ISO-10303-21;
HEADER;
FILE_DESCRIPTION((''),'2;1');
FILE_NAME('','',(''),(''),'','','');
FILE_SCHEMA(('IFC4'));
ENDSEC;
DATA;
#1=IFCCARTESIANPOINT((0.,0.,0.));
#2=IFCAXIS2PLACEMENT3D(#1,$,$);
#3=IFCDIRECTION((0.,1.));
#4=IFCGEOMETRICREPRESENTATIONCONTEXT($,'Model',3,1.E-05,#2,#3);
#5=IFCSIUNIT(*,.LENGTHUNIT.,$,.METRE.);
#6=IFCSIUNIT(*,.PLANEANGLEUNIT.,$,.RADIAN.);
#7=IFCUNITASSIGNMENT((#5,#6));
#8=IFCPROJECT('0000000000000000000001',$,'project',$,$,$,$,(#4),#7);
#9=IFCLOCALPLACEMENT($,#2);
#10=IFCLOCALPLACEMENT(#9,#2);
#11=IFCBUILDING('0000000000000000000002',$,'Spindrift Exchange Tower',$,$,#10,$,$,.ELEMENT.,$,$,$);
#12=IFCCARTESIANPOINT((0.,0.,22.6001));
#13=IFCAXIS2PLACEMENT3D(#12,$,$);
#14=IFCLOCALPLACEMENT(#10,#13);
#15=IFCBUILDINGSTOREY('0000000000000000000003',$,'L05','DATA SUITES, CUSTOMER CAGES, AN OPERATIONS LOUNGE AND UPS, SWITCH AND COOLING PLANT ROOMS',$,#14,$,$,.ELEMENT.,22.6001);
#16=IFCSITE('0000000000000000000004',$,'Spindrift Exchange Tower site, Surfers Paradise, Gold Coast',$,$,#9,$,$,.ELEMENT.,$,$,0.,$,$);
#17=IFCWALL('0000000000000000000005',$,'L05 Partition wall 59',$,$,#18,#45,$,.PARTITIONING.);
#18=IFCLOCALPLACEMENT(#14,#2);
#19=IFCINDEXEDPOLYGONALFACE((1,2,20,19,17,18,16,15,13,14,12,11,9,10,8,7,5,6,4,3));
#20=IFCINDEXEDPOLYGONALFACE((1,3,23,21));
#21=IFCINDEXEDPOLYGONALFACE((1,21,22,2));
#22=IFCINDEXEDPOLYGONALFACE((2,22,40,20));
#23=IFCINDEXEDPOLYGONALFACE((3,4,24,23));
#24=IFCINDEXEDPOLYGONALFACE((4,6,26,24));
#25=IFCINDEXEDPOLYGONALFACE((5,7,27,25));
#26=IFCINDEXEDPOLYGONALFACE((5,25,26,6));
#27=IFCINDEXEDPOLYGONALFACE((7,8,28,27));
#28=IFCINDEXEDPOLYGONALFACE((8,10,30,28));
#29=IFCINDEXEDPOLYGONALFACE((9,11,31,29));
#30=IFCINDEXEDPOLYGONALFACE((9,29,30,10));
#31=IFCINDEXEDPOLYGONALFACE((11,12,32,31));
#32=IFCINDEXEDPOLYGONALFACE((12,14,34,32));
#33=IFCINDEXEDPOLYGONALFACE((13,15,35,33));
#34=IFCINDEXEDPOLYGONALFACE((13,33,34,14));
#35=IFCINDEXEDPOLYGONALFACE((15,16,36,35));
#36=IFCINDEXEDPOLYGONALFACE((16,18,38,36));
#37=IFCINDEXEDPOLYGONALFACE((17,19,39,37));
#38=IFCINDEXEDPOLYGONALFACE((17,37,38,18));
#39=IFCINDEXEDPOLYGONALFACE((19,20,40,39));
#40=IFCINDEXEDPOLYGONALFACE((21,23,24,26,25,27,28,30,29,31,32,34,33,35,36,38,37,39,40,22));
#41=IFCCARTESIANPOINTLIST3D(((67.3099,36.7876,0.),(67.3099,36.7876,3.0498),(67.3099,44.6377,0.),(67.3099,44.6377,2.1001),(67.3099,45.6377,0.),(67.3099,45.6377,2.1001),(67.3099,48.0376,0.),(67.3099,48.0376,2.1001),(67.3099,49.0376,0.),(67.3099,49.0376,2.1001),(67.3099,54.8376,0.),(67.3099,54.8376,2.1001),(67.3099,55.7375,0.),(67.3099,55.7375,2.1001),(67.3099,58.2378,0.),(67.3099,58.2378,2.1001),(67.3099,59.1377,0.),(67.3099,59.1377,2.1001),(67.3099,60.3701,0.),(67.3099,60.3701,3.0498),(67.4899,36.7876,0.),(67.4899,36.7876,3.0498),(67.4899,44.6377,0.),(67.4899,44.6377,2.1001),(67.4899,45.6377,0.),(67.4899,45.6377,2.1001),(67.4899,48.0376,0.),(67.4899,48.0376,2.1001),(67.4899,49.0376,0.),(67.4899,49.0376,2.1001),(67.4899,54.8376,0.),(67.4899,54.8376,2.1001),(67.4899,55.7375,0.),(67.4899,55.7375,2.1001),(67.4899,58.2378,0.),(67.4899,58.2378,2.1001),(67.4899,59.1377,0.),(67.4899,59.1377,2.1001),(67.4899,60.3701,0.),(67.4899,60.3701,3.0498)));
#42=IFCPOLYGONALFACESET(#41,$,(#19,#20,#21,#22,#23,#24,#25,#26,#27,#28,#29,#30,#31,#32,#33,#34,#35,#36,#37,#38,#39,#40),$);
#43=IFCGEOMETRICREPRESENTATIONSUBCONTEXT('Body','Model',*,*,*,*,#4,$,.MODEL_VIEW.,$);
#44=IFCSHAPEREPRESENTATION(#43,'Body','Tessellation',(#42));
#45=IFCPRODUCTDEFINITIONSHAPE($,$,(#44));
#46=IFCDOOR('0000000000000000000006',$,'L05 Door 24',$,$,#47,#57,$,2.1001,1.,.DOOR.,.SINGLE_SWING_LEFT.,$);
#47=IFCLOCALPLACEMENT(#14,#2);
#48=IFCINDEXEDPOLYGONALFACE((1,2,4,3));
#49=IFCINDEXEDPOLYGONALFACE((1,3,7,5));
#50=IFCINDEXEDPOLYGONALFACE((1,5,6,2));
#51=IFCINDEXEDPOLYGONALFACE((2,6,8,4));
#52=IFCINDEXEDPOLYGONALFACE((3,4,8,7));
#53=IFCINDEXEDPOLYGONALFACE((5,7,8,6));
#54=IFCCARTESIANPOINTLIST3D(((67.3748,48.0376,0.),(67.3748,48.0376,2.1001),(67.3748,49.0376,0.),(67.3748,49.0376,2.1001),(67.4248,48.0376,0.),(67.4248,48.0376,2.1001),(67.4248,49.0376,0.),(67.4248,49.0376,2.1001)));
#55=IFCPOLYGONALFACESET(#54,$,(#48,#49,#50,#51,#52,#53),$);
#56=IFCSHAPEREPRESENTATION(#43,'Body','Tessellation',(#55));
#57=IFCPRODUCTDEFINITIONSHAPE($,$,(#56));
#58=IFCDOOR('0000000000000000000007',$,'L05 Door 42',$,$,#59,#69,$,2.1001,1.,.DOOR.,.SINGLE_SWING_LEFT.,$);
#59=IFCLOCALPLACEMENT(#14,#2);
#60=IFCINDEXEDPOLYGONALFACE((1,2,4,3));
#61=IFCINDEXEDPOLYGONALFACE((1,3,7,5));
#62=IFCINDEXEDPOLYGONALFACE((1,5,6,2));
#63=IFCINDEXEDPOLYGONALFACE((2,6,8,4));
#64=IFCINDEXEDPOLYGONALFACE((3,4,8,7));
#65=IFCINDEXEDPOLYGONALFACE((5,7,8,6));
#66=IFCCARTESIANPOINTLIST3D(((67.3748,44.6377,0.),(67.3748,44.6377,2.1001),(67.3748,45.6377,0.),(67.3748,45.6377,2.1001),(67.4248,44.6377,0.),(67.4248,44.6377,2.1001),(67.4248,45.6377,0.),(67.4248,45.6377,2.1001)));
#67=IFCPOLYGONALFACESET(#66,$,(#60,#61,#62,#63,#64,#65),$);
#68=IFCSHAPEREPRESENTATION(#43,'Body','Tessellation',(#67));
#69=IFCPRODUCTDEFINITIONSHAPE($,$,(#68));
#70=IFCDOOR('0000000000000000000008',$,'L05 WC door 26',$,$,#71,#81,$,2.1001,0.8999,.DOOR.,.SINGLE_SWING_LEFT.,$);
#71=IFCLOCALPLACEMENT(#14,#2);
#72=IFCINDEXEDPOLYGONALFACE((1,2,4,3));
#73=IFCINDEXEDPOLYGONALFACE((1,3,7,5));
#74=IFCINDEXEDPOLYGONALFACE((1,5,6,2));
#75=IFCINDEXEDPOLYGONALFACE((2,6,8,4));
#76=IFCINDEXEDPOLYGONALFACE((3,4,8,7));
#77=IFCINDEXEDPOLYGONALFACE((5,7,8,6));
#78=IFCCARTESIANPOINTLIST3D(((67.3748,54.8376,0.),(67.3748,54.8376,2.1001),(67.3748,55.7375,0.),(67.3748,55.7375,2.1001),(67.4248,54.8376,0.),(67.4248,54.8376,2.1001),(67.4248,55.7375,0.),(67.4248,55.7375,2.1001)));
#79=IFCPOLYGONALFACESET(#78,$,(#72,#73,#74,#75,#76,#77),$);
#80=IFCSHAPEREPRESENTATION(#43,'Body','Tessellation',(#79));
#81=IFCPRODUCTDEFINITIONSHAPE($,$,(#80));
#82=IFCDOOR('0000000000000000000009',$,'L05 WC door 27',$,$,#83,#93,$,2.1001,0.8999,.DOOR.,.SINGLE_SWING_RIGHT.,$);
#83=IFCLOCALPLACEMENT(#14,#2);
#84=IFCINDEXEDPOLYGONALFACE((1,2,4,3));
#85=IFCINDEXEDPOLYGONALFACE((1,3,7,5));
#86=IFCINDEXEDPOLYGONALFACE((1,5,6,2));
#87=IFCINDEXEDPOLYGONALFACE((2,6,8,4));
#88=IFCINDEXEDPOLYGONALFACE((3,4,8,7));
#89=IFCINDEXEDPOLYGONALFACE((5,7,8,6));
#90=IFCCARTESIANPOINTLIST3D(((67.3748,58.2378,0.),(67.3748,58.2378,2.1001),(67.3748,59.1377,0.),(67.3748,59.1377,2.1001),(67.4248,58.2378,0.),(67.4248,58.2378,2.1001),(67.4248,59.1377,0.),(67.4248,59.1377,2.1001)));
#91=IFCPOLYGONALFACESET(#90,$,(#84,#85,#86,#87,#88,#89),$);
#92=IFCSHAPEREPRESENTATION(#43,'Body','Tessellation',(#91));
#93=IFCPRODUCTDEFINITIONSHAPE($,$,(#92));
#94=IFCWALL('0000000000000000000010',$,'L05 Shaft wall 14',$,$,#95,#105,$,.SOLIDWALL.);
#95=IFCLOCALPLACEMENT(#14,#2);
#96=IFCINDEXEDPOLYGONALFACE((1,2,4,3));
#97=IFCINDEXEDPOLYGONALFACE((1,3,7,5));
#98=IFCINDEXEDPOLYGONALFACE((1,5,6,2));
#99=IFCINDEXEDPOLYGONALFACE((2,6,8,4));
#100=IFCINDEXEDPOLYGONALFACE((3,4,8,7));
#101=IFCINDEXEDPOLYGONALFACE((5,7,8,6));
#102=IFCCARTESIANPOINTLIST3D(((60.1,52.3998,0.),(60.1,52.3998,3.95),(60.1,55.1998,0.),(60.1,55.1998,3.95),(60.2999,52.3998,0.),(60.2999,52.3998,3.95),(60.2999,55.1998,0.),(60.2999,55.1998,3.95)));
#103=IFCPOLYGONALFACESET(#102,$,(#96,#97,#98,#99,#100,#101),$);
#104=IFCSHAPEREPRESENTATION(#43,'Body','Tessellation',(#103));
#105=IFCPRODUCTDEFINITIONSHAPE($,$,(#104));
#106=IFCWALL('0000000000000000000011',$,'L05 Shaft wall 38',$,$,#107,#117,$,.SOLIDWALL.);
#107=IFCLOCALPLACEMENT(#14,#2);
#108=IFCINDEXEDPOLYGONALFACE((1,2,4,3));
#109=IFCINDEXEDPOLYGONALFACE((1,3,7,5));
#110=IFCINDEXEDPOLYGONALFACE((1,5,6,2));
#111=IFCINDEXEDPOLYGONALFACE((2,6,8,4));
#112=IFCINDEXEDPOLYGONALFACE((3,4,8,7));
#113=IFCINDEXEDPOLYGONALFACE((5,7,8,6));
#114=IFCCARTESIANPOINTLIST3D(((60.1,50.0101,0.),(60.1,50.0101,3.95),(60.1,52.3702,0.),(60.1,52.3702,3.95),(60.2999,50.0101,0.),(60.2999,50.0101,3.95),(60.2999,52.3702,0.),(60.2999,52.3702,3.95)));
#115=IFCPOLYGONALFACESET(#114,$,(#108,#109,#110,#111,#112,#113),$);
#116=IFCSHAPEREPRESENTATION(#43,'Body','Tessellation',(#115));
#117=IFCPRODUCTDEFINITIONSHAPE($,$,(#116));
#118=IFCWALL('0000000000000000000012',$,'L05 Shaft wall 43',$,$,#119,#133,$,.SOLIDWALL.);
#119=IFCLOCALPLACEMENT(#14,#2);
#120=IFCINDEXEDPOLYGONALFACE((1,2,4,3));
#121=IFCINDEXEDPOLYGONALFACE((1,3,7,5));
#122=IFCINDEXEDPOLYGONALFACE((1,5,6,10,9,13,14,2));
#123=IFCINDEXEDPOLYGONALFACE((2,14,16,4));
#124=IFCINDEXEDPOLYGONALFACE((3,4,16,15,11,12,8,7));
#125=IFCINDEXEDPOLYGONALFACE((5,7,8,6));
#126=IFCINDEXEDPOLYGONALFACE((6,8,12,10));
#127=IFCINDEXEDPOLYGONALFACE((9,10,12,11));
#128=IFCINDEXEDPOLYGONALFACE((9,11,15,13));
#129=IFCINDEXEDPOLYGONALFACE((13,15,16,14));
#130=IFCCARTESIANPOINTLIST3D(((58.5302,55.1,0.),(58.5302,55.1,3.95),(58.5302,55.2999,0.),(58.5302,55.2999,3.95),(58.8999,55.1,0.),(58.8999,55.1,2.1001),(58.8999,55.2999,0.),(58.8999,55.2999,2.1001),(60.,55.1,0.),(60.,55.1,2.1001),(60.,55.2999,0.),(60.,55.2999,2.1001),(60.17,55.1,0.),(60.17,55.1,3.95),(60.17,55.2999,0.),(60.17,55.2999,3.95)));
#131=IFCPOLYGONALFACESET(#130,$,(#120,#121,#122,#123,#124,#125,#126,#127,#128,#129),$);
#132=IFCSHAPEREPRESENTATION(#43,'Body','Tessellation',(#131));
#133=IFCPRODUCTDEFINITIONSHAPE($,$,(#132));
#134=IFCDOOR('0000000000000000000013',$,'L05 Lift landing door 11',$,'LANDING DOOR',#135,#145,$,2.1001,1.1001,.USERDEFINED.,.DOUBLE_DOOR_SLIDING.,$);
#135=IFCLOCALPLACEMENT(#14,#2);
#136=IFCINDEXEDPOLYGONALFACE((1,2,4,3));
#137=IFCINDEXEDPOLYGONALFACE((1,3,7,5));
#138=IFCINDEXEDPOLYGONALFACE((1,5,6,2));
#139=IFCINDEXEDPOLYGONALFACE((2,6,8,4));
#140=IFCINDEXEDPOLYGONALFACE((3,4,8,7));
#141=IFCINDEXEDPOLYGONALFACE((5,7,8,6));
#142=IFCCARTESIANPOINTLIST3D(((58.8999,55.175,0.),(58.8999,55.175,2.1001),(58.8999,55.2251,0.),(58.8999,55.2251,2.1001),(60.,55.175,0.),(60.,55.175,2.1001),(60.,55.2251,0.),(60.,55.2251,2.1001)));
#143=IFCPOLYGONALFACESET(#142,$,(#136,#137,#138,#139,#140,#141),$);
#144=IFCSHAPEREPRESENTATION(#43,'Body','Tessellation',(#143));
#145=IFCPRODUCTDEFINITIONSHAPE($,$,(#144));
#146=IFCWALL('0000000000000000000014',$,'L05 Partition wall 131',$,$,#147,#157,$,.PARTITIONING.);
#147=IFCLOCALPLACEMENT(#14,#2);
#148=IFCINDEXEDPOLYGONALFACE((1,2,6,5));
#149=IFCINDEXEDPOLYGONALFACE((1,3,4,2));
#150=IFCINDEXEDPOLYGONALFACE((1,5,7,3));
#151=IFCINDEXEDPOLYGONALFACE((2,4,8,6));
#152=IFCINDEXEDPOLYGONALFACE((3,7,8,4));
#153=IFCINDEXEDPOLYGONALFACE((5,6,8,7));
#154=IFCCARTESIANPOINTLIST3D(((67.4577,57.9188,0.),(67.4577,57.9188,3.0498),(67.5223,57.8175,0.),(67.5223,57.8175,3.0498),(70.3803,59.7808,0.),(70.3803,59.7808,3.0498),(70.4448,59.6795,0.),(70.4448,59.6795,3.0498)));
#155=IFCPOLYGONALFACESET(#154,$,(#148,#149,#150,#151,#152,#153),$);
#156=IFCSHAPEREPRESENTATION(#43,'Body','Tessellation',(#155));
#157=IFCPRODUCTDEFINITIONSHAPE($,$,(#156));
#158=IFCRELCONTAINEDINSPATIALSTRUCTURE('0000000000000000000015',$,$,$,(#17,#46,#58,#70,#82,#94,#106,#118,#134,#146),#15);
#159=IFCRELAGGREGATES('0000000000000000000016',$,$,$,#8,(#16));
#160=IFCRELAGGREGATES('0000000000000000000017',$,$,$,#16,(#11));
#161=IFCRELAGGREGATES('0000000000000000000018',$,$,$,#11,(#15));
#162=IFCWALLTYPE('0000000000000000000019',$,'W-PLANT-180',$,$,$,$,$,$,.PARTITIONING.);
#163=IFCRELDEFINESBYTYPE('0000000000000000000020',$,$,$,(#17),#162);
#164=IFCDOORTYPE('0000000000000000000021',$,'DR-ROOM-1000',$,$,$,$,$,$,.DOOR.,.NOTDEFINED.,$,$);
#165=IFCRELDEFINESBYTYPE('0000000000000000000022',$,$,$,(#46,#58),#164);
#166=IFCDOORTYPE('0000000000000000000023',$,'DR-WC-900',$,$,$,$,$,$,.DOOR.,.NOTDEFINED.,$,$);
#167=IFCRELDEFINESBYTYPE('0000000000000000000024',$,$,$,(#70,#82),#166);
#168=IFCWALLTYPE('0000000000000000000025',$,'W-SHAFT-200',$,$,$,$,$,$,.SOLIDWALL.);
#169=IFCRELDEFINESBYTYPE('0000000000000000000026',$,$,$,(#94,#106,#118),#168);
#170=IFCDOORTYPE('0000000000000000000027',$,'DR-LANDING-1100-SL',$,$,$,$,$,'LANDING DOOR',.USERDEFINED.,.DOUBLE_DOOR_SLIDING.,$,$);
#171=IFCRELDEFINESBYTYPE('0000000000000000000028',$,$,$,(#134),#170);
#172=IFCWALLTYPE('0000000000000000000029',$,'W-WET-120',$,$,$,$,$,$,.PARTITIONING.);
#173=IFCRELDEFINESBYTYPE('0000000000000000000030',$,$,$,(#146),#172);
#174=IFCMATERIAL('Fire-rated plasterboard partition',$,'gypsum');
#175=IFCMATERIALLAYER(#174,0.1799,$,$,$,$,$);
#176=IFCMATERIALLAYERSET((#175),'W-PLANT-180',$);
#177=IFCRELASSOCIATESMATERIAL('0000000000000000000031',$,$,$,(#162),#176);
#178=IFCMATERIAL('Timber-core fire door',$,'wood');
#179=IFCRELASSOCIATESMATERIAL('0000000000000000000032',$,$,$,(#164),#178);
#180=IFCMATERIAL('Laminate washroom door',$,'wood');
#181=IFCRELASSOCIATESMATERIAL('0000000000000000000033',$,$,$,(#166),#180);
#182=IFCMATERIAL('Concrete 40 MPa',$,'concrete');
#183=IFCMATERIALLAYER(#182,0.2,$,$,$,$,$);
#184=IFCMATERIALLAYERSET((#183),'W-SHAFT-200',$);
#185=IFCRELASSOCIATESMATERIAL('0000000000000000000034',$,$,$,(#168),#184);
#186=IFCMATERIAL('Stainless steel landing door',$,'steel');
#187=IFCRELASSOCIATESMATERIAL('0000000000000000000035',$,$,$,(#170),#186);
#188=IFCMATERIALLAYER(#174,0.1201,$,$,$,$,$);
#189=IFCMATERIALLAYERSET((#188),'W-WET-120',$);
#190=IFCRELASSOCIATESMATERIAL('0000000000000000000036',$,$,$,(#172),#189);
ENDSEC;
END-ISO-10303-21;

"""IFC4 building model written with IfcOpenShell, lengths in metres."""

from ifc_helpers import new_model, si_unit, direction, frame, frame_2d, origin, place, context, subcontext, project, spatial, rectangle, extrude, source, transform, mapped, material, layer, layer_set, type_object, element, fill, save


model = new_model("IFC4")

# Units and contexts
model_context = context("Model", 3, precision=1e-05, world=origin(), true_north=direction((0.0, 1.0)))
body_context = subcontext(model_context, "Body", "Model", "MODEL_VIEW")
ifc_project = project(units=[si_unit("LENGTHUNIT", "METRE"), si_unit("PLANEANGLEUNIT", "RADIAN")], contexts=[model_context])

# Site, building, storey
site_placement = place(None, origin())
site = spatial("IfcSite", under=ifc_project, at=site_placement, Name="Spindrift Exchange Tower site, Surfers Paradise, Gold Coast", CompositionType="ELEMENT", RefElevation=0.0)
building_placement = place(site_placement, origin())
building = spatial("IfcBuilding", under=site, at=building_placement, Name="Spindrift Exchange Tower", CompositionType="ELEMENT")
storey_placement = place(building_placement, frame((0.0, 0.0, 22.6001)))
storey = spatial("IfcBuildingStorey", under=building, at=storey_placement, Name="L05", Description="DATA SUITES, CUSTOMER CAGES, AN OPERATIONS LOUNGE AND UPS, SWITCH AND COOLING PLANT ROOMS", CompositionType="ELEMENT", Elevation=22.6001)

# Shared definitions
ifc_material_1 = material(Name="Fire-rated plasterboard partition", Category="gypsum")

# Wall, openings, doors
ifc_layer_1 = layer(ifc_material_1, 0.1799)
ifc_layer_set_1 = layer_set([ifc_layer_1], Name="W-PLANT-180")
wall_type_1 = type_object("IfcWallType", Name="W-PLANT-180", PredefinedType="PARTITIONING", material=ifc_layer_set_1)
wall_1_placement = place(storey_placement, frame((67.3999, 60.3701, 0.0), z_axis=(0.0, 0.0, 1.0), x_axis=(0.0, -1.0, 0.0)))
wall_1 = element("IfcWall", 1, at=wall_1_placement, inside=storey, type_object=wall_type_1, Name="L05 Partition wall 59", PredefinedType="PARTITIONING", context=body_context, shape_type="SweptSolid", body=[
    extrude(rectangle(XDim=23.5825, YDim=0.1799, at=frame_2d((11.7913, 0.0))), origin(), (0.0, 0.0, 1.0), 3.0498),
])
opening_1_placement = place(wall_1_placement, frame((11.3325, 0.0, 0.0)))
opening_1 = element("IfcOpeningElement", 2, at=opening_1_placement, cuts=wall_1, PredefinedType="OPENING", context=body_context, shape_type="SweptSolid", body=[
    extrude(rectangle(XDim=1.0, YDim=2.1001, at=frame_2d((0.5, 1.05))), frame((0.0, 0.0999, 0.0), z_axis=(0.0, -1.0, 0.0), x_axis=(1.0, 0.0, 0.0)), (0.0, 0.0, 1.0), 0.2),
])
opening_2_placement = place(wall_1_placement, frame((4.6326, 0.0, 0.0)))
opening_2 = element("IfcOpeningElement", 3, at=opening_2_placement, cuts=wall_1, PredefinedType="OPENING", context=body_context, shape_type="SweptSolid", body=[
    extrude(rectangle(XDim=0.8999, YDim=2.1001, at=frame_2d((0.45, 1.05))), frame((0.0, 0.0999, 0.0), z_axis=(0.0, -1.0, 0.0), x_axis=(1.0, 0.0, 0.0)), (0.0, 0.0, 1.0), 0.2),
])
opening_3_placement = place(wall_1_placement, frame((1.2324, 0.0, 0.0)))
opening_3 = element("IfcOpeningElement", 4, at=opening_3_placement, cuts=wall_1, PredefinedType="OPENING", context=body_context, shape_type="SweptSolid", body=[
    extrude(rectangle(XDim=0.8999, YDim=2.1001, at=frame_2d((0.45, 1.05))), frame((0.0, 0.0999, 0.0), z_axis=(0.0, -1.0, 0.0), x_axis=(1.0, 0.0, 0.0)), (0.0, 0.0, 1.0), 0.2),
])
opening_4_placement = place(wall_1_placement, frame((14.7324, 0.0, 0.0)))
opening_4 = element("IfcOpeningElement", 5, at=opening_4_placement, cuts=wall_1, PredefinedType="OPENING", context=body_context, shape_type="SweptSolid", body=[
    extrude(rectangle(XDim=1.0, YDim=2.1001, at=frame_2d((0.5, 1.05))), frame((0.0, 0.0999, 0.0), z_axis=(0.0, -1.0, 0.0), x_axis=(1.0, 0.0, 0.0)), (0.0, 0.0, 1.0), 0.2),
])
ifc_material_2 = material(Name="Timber-core fire door", Category="wood")
door_type_1 = type_object("IfcDoorType", Name="DR-ROOM-1000", OperationType="NOTDEFINED", PredefinedType="DOOR", material=ifc_material_2)
shared_shape_1 = source(origin(), body_context, "Body", "SweptSolid", [
    extrude(rectangle(XDim=1.0, YDim=2.1001, at=frame_2d((0.5, 1.05))), frame((0.0, 0.0249, 0.0), z_axis=(0.0, -1.0, 0.0), x_axis=(1.0, 0.0, 0.0)), (0.0, 0.0, 1.0), 0.05),
])
door_1_placement = place(opening_1_placement, origin())
door_1 = element("IfcDoor", 6, at=door_1_placement, inside=storey, type_object=door_type_1, Name="L05 Door 24", OperationType="SINGLE_SWING_LEFT", OverallHeight=2.1001, OverallWidth=1.0, PredefinedType="DOOR", context=body_context, shape_type="MappedRepresentation", body=[
    mapped(shared_shape_1, transform((0.0, 0.0, 0.0), scale=1.0)),
])
fill(opening_1, door_1)
door_2_placement = place(opening_4_placement, origin())
door_2 = element("IfcDoor", 7, at=door_2_placement, inside=storey, type_object=door_type_1, Name="L05 Door 42", OperationType="SINGLE_SWING_LEFT", OverallHeight=2.1001, OverallWidth=1.0, PredefinedType="DOOR", context=body_context, shape_type="MappedRepresentation", body=[
    mapped(shared_shape_1, transform((0.0, 0.0, 0.0), scale=1.0)),
])
fill(opening_4, door_2)
ifc_material_3 = material(Name="Laminate washroom door", Category="wood")
door_type_2 = type_object("IfcDoorType", Name="DR-WC-900", OperationType="NOTDEFINED", PredefinedType="DOOR", material=ifc_material_3)
shared_shape_2 = source(origin(), body_context, "Body", "SweptSolid", [
    extrude(rectangle(XDim=0.8999, YDim=2.1001, at=frame_2d((0.45, 1.05))), frame((0.0, 0.0249, 0.0), z_axis=(0.0, -1.0, 0.0), x_axis=(1.0, 0.0, 0.0)), (0.0, 0.0, 1.0), 0.05),
])
door_3_placement = place(opening_2_placement, origin())
door_3 = element("IfcDoor", 8, at=door_3_placement, inside=storey, type_object=door_type_2, Name="L05 WC door 26", OperationType="SINGLE_SWING_LEFT", OverallHeight=2.1001, OverallWidth=0.8999, PredefinedType="DOOR", context=body_context, shape_type="MappedRepresentation", body=[
    mapped(shared_shape_2, transform((0.0, 0.0, 0.0), scale=1.0)),
])
fill(opening_2, door_3)
door_4_placement = place(opening_3_placement, origin())
door_4 = element("IfcDoor", 9, at=door_4_placement, inside=storey, type_object=door_type_2, Name="L05 WC door 27", OperationType="SINGLE_SWING_RIGHT", OverallHeight=2.1001, OverallWidth=0.8999, PredefinedType="DOOR", context=body_context, shape_type="MappedRepresentation", body=[
    mapped(shared_shape_2, transform((0.0, 0.0, 0.0), scale=1.0)),
])
fill(opening_3, door_4)

# Walls
ifc_material_4 = material(Name="Concrete 40 MPa", Category="concrete")
ifc_layer_2 = layer(ifc_material_4, 0.2)
ifc_layer_set_2 = layer_set([ifc_layer_2], Name="W-SHAFT-200")
wall_type_2 = type_object("IfcWallType", Name="W-SHAFT-200", PredefinedType="SOLIDWALL", material=ifc_layer_set_2)
wall_2_placement = place(storey_placement, frame((60.2, 52.3999, 0.0), z_axis=(0.0, 0.0, 1.0), x_axis=(0.0, 1.0, 0.0)))
element("IfcWall", 10, at=wall_2_placement, inside=storey, type_object=wall_type_2, Name="L05 Shaft wall 14", PredefinedType="SOLIDWALL", context=body_context, shape_type="SweptSolid", body=[
    extrude(rectangle(XDim=2.8, YDim=0.2, at=frame_2d((1.3999, 0.0))), origin(), (0.0, 0.0, 1.0), 3.95),
])
wall_3_placement = place(storey_placement, frame((60.2, 50.01, 0.0), z_axis=(0.0, 0.0, 1.0), x_axis=(0.0, 1.0, 0.0)))
element("IfcWall", 11, at=wall_3_placement, inside=storey, type_object=wall_type_2, Name="L05 Shaft wall 38", PredefinedType="SOLIDWALL", context=body_context, shape_type="SweptSolid", body=[
    extrude(rectangle(XDim=2.3601, YDim=0.2, at=frame_2d((1.1802, 0.0))), origin(), (0.0, 0.0, 1.0), 3.95),
])

# Wall, opening, door
wall_4_placement = place(storey_placement, frame((60.1699, 55.2, 0.0), z_axis=(0.0, 0.0, 1.0), x_axis=(-1.0, 0.0, 0.0)))
wall_4 = element("IfcWall", 12, at=wall_4_placement, inside=storey, type_object=wall_type_2, Name="L05 Shaft wall 43", PredefinedType="SOLIDWALL", context=body_context, shape_type="SweptSolid", body=[
    extrude(rectangle(XDim=1.6399, YDim=0.2, at=frame_2d((0.8198, 0.0))), origin(), (0.0, 0.0, 1.0), 3.95),
])
opening_5_placement = place(wall_4_placement, frame((0.1699, 0.0, 0.0)))
opening_5 = element("IfcOpeningElement", 13, at=opening_5_placement, cuts=wall_4, PredefinedType="OPENING", context=body_context, shape_type="SweptSolid", body=[
    extrude(rectangle(XDim=1.1001, YDim=2.1001, at=frame_2d((0.55, 1.05))), frame((0.0, 0.1099, 0.0), z_axis=(0.0, -1.0, 0.0), x_axis=(1.0, 0.0, 0.0)), (0.0, 0.0, 1.0), 0.22),
])
ifc_material_5 = material(Name="Stainless steel landing door", Category="steel")
door_type_3 = type_object("IfcDoorType", Name="DR-LANDING-1100-SL", ElementType="LANDING DOOR", OperationType="DOUBLE_DOOR_SLIDING", PredefinedType="USERDEFINED", material=ifc_material_5)
shared_shape_3 = source(origin(), body_context, "Body", "SweptSolid", [
    extrude(rectangle(XDim=1.1001, YDim=2.1001, at=frame_2d((0.55, 1.05))), frame((0.0, 0.0249, 0.0), z_axis=(0.0, -1.0, 0.0), x_axis=(1.0, 0.0, 0.0)), (0.0, 0.0, 1.0), 0.05),
])
door_5_placement = place(opening_5_placement, origin())
door_5 = element("IfcDoor", 14, at=door_5_placement, inside=storey, type_object=door_type_3, Name="L05 Lift landing door 11", ObjectType="LANDING DOOR", OperationType="DOUBLE_DOOR_SLIDING", OverallHeight=2.1001, OverallWidth=1.1001, PredefinedType="USERDEFINED", context=body_context, shape_type="MappedRepresentation", body=[
    mapped(shared_shape_3, transform((0.0, 0.0, 0.0), scale=1.0)),
])
fill(opening_5, door_5)

# Wall
ifc_layer_3 = layer(ifc_material_1, 0.1201)
ifc_layer_set_3 = layer_set([ifc_layer_3], Name="W-WET-120")
wall_type_3 = type_object("IfcWallType", Name="W-WET-120", PredefinedType="PARTITIONING", material=ifc_layer_set_3)
wall_5_placement = place(storey_placement, frame((67.49, 57.8682, 0.0), z_axis=(0.0, 0.0, 1.0), x_axis=(0.843371, 0.537331, 0.0)))
element("IfcWall", 15, at=wall_5_placement, inside=storey, type_object=wall_type_3, Name="L05 Partition wall 131", PredefinedType="PARTITIONING", context=body_context, shape_type="SweptSolid", body=[
    extrude(rectangle(XDim=3.4653, YDim=0.1201, at=frame_2d((1.7327, 0.0))), origin(), (0.0, 0.0, 1.0), 3.0498),
])

save(model, "model.ifc")
